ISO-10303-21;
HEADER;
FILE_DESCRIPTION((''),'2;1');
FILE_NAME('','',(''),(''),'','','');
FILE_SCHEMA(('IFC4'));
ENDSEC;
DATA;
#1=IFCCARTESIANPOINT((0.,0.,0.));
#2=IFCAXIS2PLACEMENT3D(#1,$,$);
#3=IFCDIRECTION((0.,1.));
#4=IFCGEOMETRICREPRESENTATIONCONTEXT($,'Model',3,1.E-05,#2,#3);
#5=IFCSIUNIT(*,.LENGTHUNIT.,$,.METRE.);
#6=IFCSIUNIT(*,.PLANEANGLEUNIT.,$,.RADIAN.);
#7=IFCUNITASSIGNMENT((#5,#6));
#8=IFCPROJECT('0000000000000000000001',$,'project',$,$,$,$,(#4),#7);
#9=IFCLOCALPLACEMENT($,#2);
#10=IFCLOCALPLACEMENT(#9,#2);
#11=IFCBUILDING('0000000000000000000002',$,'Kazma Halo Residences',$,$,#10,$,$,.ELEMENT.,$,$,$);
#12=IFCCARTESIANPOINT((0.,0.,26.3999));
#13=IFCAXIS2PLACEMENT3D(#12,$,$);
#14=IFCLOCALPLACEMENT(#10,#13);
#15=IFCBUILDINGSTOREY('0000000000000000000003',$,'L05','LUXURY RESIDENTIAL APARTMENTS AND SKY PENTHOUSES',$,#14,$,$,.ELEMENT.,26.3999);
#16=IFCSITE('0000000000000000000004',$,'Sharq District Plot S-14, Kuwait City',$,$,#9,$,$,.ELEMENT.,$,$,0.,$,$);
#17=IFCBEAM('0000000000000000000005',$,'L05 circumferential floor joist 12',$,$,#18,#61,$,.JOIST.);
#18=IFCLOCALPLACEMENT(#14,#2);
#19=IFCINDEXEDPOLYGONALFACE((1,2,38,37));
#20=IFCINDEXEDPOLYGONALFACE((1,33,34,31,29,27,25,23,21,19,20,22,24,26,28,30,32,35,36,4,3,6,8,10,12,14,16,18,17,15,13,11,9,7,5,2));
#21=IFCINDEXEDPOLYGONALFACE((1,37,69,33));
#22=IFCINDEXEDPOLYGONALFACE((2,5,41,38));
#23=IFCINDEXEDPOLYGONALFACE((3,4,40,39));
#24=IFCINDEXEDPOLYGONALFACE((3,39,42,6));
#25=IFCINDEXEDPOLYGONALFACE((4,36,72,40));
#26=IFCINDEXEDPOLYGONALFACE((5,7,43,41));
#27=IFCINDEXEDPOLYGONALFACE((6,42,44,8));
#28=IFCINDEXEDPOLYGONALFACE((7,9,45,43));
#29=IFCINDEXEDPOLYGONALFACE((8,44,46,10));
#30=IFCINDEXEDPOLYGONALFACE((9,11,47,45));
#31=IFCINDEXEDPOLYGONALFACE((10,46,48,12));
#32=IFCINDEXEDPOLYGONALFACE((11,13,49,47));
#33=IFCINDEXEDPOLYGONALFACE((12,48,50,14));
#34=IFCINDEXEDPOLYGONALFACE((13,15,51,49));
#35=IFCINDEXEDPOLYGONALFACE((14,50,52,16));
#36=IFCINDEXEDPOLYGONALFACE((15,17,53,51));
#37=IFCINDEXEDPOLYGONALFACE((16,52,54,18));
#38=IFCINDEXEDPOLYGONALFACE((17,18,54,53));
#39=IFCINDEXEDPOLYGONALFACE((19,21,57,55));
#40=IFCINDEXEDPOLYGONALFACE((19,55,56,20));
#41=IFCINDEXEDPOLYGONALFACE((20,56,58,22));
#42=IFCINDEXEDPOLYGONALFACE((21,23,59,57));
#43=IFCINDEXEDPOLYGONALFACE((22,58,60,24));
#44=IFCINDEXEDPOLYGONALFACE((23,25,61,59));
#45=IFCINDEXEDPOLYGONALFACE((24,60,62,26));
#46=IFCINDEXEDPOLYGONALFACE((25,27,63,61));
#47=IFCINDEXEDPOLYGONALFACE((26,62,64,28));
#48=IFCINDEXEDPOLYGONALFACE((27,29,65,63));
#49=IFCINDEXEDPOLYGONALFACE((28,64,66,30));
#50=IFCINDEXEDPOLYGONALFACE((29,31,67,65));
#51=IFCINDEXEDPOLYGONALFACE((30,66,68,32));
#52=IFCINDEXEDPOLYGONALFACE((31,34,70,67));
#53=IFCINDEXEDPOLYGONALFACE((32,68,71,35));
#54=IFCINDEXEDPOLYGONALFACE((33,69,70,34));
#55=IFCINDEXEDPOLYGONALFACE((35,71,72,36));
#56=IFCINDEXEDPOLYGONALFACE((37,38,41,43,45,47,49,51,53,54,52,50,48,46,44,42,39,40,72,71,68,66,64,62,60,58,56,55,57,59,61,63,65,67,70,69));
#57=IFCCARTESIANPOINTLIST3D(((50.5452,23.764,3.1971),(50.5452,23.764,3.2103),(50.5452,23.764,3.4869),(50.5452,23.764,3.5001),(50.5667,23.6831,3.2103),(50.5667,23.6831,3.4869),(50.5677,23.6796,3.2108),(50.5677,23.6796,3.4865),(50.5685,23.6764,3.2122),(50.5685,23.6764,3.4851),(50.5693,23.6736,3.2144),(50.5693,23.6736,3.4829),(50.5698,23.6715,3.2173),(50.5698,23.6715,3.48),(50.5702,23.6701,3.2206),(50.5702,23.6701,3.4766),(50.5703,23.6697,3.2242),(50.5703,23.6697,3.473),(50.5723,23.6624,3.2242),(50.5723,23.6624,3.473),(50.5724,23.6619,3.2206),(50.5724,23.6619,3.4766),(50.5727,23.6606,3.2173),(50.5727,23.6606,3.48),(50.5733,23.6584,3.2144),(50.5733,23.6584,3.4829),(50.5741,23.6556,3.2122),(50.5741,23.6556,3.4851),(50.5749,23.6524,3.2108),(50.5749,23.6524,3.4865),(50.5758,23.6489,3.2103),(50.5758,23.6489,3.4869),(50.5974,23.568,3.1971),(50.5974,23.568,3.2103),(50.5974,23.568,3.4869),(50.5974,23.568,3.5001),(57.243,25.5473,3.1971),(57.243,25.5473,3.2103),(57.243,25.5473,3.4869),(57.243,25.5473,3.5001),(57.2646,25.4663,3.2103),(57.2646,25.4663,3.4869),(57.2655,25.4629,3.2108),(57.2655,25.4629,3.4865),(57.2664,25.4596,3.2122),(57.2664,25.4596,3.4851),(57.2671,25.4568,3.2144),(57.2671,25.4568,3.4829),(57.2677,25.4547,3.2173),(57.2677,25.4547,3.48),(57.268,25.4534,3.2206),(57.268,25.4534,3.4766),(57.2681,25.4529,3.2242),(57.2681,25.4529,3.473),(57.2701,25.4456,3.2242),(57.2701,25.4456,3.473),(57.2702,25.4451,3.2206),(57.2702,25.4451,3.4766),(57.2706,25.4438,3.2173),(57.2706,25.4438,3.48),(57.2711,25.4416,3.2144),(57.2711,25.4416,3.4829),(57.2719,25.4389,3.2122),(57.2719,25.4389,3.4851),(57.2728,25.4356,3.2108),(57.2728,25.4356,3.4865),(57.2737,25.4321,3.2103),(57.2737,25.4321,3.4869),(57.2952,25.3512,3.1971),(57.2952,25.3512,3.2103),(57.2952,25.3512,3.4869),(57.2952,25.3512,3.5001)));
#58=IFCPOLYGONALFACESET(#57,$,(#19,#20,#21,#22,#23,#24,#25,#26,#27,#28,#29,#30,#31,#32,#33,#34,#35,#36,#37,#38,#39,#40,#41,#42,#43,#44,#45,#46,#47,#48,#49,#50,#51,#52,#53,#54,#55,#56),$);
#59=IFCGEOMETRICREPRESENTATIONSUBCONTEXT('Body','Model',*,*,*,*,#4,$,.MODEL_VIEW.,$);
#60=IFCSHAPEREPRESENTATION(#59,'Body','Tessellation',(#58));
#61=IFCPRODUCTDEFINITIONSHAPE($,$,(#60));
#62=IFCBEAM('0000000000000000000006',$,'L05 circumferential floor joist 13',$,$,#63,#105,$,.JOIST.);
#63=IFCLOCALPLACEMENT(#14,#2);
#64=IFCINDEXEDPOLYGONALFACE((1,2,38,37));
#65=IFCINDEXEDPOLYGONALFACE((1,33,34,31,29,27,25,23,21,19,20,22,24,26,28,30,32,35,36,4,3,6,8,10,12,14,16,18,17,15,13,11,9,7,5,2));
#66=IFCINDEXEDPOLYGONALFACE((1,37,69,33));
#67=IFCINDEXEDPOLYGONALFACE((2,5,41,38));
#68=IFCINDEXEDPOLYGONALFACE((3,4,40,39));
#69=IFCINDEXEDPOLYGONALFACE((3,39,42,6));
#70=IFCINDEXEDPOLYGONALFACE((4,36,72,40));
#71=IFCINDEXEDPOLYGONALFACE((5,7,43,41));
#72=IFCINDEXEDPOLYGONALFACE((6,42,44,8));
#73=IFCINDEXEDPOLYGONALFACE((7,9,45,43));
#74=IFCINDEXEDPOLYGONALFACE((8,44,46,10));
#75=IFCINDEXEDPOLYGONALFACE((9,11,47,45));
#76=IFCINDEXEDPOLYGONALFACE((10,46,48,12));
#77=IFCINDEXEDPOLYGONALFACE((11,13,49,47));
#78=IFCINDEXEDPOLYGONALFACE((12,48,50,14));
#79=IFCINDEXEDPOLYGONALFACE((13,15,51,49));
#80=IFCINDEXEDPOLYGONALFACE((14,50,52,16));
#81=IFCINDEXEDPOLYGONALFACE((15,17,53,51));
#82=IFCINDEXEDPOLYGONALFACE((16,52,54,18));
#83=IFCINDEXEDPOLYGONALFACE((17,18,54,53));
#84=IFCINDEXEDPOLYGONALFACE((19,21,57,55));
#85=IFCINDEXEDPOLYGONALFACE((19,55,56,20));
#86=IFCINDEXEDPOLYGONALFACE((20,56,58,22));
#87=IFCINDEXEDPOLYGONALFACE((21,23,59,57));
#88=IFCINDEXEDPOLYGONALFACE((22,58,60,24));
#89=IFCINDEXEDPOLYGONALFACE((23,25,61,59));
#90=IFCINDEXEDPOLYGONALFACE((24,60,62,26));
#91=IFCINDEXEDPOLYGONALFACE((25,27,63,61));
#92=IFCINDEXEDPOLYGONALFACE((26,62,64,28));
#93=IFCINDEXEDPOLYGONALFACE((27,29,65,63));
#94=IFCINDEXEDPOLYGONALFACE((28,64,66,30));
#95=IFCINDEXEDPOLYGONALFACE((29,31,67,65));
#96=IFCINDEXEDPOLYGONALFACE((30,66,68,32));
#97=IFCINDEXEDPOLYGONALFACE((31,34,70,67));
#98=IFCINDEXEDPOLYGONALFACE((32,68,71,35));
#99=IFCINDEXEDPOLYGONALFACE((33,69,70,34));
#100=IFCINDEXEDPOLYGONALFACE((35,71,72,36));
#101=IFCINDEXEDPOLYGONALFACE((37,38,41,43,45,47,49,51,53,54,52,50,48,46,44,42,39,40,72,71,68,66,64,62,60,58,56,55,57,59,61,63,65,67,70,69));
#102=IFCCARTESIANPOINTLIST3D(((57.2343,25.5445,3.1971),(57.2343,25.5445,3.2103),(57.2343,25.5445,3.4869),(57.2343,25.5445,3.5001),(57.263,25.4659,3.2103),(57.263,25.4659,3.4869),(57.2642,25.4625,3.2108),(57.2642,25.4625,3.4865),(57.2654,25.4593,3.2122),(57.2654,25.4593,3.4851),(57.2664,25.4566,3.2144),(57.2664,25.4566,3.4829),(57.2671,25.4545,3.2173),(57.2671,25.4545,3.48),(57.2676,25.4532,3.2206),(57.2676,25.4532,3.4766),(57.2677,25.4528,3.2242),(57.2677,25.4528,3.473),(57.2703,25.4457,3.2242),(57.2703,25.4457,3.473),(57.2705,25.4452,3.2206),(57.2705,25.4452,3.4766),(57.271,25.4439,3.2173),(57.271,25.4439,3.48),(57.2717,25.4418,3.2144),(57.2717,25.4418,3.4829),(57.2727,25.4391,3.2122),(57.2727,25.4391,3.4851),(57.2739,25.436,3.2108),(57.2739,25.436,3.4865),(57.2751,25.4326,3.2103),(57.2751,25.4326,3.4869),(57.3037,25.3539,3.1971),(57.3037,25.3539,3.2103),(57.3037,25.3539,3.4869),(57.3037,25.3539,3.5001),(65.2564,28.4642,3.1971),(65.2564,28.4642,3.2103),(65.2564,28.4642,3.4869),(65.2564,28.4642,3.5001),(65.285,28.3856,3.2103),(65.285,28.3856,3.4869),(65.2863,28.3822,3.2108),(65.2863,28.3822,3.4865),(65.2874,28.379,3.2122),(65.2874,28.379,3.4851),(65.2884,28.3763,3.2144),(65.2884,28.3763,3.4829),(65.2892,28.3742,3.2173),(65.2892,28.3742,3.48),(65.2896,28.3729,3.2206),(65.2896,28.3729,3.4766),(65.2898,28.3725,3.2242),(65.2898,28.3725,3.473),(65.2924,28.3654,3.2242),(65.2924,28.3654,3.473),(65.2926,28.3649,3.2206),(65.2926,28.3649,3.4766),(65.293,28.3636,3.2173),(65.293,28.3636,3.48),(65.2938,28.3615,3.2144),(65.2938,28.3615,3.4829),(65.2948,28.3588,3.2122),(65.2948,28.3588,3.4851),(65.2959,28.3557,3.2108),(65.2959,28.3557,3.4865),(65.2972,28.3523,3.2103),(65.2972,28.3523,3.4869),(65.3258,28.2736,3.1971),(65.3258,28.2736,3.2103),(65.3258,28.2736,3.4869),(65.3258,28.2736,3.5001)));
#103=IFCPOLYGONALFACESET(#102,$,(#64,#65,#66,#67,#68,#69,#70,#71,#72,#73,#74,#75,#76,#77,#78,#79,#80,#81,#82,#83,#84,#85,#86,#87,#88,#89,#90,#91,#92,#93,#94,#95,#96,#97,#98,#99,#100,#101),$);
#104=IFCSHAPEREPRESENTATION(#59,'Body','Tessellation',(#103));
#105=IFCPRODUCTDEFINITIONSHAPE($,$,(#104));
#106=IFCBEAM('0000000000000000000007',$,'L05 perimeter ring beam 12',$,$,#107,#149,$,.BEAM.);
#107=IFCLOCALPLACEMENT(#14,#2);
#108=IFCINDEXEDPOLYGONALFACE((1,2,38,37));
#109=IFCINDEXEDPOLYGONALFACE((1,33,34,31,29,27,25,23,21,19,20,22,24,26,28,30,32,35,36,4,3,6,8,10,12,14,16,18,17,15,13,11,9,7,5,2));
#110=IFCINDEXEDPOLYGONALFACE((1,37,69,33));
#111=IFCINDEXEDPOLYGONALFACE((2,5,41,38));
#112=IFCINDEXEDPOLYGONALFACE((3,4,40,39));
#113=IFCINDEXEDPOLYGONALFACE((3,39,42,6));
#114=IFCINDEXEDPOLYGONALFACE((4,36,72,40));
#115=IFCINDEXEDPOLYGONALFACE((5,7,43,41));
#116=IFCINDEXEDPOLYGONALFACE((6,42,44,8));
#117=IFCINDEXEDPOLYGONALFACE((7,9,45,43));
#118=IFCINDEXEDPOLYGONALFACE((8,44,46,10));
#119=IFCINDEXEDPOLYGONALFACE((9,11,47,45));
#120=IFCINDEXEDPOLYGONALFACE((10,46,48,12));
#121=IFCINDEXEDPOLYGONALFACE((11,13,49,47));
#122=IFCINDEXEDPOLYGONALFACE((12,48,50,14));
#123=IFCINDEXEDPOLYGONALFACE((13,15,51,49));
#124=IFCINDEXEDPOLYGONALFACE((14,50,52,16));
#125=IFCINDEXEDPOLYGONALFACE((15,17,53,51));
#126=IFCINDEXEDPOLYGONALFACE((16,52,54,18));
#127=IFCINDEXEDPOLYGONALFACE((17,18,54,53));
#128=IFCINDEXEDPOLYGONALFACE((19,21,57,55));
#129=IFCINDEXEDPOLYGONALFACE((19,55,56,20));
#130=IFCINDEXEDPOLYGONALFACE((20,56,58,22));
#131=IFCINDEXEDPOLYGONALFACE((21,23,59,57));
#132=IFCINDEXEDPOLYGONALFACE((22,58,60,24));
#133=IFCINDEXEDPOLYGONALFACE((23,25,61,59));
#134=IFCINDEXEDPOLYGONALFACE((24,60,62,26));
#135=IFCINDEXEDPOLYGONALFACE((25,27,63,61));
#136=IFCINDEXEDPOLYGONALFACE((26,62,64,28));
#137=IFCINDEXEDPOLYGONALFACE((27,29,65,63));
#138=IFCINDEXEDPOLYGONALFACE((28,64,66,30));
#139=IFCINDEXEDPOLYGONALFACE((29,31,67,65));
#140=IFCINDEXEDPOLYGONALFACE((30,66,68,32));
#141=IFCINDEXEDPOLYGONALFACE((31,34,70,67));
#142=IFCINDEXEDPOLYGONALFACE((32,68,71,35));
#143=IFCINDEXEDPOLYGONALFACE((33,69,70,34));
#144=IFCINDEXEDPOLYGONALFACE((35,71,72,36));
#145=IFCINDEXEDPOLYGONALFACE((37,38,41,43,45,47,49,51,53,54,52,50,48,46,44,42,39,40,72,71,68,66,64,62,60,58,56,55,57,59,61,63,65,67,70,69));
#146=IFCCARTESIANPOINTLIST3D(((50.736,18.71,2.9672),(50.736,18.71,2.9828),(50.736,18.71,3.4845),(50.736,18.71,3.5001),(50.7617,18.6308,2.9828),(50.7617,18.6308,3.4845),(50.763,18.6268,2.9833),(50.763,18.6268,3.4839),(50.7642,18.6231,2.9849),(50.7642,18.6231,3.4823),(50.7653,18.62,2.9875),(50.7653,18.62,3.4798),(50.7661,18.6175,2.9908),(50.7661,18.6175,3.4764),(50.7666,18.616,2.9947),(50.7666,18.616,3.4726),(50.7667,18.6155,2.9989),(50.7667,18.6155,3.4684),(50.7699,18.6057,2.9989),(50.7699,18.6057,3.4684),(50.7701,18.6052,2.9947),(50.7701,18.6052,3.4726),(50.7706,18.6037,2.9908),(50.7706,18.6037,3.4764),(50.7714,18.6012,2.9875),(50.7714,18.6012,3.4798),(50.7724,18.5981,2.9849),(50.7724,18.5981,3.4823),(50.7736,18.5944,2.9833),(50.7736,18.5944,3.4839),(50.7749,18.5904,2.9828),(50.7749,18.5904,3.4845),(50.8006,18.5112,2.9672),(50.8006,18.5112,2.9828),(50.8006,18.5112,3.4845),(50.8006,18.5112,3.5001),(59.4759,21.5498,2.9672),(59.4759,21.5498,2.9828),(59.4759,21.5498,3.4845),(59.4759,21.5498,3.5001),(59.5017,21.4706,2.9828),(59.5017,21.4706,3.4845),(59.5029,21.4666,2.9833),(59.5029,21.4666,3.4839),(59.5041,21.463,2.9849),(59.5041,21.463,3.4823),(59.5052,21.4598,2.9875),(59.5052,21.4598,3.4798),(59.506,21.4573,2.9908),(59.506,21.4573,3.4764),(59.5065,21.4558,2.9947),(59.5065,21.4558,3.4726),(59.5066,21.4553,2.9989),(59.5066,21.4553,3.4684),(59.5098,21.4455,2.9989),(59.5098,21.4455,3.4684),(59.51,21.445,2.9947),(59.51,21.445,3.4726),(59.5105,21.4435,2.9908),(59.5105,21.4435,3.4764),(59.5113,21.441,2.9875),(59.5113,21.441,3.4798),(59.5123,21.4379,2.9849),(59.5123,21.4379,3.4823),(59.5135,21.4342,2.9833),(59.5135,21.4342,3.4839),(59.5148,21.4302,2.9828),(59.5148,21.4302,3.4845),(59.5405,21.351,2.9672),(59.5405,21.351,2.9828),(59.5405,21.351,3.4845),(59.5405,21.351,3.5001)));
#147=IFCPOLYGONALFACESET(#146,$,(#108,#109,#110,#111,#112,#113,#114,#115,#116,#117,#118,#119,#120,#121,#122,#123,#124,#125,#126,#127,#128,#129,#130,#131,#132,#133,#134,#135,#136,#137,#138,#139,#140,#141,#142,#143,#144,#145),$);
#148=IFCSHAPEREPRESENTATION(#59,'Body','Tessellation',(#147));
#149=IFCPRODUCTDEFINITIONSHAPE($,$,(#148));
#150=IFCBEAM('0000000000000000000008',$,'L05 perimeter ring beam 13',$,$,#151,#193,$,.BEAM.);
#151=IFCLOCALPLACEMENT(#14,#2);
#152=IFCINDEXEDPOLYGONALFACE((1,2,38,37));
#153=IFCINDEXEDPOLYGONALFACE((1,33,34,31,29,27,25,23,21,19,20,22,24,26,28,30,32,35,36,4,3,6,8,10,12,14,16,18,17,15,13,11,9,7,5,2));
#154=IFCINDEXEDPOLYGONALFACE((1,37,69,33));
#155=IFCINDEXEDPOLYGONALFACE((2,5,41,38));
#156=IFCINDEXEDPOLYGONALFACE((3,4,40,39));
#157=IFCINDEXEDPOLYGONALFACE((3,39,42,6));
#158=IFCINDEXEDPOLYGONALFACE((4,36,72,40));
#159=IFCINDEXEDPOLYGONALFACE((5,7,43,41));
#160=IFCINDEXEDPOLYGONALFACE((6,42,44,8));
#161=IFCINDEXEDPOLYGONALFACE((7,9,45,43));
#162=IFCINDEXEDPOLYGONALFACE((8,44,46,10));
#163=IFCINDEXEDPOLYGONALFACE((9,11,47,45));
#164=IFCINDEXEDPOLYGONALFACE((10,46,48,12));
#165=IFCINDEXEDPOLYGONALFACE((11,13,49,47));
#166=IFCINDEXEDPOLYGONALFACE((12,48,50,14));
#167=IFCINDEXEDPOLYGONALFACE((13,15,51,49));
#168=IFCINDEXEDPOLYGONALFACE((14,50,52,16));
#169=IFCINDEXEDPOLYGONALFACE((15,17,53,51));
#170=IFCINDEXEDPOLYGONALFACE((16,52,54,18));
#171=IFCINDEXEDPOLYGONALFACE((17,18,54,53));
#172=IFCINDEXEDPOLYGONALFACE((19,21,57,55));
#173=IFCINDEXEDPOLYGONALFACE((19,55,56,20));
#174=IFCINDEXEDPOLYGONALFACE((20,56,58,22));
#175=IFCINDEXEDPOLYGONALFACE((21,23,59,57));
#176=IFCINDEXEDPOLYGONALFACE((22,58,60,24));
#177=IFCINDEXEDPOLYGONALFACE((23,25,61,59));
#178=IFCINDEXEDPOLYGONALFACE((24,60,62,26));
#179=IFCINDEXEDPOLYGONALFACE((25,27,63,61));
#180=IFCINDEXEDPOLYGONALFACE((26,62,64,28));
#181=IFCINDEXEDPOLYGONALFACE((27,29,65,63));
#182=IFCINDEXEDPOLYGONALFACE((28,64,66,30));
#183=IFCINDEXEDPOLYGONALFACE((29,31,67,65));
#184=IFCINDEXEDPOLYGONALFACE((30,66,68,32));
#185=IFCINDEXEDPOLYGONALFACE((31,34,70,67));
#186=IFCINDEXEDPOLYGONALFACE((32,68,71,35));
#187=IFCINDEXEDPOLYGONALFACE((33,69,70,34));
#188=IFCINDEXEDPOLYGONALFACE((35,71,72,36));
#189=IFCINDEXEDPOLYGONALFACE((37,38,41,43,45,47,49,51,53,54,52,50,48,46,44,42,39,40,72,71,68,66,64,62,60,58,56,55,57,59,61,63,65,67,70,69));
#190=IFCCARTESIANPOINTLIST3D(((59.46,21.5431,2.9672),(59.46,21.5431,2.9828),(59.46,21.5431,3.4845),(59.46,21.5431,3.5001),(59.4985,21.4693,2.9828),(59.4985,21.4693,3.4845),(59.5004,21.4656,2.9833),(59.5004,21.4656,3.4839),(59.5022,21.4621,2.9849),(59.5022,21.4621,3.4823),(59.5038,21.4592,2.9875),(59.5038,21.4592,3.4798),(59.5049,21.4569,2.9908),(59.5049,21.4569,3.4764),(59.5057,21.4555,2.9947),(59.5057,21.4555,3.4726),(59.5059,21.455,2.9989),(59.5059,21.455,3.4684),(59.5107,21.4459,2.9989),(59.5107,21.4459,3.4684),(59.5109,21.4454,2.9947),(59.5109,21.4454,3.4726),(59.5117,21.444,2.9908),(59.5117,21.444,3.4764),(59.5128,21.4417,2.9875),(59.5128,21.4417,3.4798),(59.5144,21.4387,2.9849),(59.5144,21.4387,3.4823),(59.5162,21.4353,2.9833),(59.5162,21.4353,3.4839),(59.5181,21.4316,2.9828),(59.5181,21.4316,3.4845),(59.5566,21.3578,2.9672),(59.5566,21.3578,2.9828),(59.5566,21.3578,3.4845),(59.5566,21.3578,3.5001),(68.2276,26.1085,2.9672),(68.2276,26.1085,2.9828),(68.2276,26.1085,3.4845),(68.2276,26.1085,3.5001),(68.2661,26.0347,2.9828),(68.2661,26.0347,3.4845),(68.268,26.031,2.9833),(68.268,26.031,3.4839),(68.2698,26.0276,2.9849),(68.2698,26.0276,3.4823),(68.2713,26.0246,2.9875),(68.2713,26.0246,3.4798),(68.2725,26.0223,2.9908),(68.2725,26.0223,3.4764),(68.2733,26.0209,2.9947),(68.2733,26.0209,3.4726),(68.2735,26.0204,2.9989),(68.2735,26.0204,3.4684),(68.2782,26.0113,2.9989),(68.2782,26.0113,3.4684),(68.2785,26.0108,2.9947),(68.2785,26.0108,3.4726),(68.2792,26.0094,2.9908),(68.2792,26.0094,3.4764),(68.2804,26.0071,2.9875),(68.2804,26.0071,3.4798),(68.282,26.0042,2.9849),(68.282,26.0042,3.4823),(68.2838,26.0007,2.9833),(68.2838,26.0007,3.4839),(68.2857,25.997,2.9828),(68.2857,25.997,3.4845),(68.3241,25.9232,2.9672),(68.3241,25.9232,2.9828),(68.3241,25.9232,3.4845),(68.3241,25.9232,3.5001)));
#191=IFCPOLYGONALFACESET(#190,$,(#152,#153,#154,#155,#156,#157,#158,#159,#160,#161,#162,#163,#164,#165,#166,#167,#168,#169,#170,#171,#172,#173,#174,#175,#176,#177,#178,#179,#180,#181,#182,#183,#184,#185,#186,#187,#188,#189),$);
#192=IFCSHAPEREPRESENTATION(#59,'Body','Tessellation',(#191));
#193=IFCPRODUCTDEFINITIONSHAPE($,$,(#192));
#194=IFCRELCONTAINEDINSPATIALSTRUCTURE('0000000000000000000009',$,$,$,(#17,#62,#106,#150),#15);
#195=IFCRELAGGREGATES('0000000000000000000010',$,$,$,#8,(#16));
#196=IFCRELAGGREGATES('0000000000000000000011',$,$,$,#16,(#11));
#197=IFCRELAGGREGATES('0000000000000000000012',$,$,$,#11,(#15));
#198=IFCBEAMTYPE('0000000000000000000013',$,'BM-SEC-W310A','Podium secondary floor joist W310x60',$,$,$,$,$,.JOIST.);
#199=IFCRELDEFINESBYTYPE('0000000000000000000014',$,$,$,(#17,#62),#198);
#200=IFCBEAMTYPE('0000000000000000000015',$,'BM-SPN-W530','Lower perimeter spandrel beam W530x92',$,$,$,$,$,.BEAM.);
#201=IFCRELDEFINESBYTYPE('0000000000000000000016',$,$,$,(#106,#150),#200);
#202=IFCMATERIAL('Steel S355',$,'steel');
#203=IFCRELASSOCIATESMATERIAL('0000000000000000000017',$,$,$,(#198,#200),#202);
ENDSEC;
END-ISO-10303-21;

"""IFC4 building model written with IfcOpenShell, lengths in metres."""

from ifc_helpers import new_model, si_unit, direction, frame, origin, origin_2d, place, context, subcontext, project, spatial, i_section, extrude, material, material_profile, profile_set, type_object, element, save


model = new_model("IFC4")

# Units and contexts
model_context = context("Model", 3, precision=1e-05, world=origin(), true_north=direction((0.0, 1.0)))
body_context = subcontext(model_context, "Body", "Model", "MODEL_VIEW")
ifc_project = project(units=[si_unit("LENGTHUNIT", "METRE"), si_unit("PLANEANGLEUNIT", "RADIAN")], contexts=[model_context])

# Site, building, storey
site_placement = place(None, origin())
site = spatial("IfcSite", under=ifc_project, at=site_placement, Name="Sharq District Plot S-14, Kuwait City", CompositionType="ELEMENT", RefElevation=0.0)
building_placement = place(site_placement, origin())
building = spatial("IfcBuilding", under=site, at=building_placement, Name="Kazma Halo Residences", CompositionType="ELEMENT")
storey_placement = place(building_placement, frame((0.0, 0.0, 26.3999)))
storey = spatial("IfcBuildingStorey", under=building, at=storey_placement, Name="L05", Description="LUXURY RESIDENTIAL APARTMENTS AND SKY PENTHOUSES", CompositionType="ELEMENT", Elevation=26.3999)

# Beams
ifc_material_1 = material(Name="Steel S355", Category="steel")
ifc_material_profile_1 = material_profile(ifc_material_1, i_section(OverallWidth=0.2029, OverallDepth=0.303, WebThickness=0.0076, FlangeThickness=0.0132, FilletRadius=0.0139, at=origin_2d()), Name="W310x60")
ifc_profile_set_1 = profile_set([ifc_material_profile_1], Name="Steel S355")
beam_type_1 = type_object("IfcBeamType", Name="BM-SEC-W310A", Description="Podium secondary floor joist W310x60", PredefinedType="JOIST", material=ifc_profile_set_1)
beam_1_placement = place(storey_placement, frame((50.5713, 23.666, 3.3486), z_axis=(0.966338, 0.257277, 0.0), x_axis=(-0.257277, 0.966338, 0.0)))
element("IfcBeam", 1, at=beam_1_placement, inside=storey, type_object=beam_type_1, Name="L05 circumferential floor joist 12", PredefinedType="JOIST", context=body_context, shape_type="SweptSolid", body=[
    extrude(i_section(OverallWidth=0.2029, OverallDepth=0.303, WebThickness=0.0076, FlangeThickness=0.0132, FilletRadius=0.0139, at=origin_2d()), origin(), (0.0, 0.0, 1.0), 6.9312),
])
beam_2_placement = place(storey_placement, frame((57.269, 25.4492, 3.3486), z_axis=(0.939696, 0.342012, 0.0), x_axis=(-0.342012, 0.939696, 0.0)))
element("IfcBeam", 2, at=beam_2_placement, inside=storey, type_object=beam_type_1, Name="L05 circumferential floor joist 13", PredefinedType="JOIST", context=body_context, shape_type="SweptSolid", body=[
    extrude(i_section(OverallWidth=0.2029, OverallDepth=0.303, WebThickness=0.0076, FlangeThickness=0.0132, FilletRadius=0.0139, at=origin_2d()), origin(), (0.0, 0.0, 1.0), 8.5369),
])
ifc_material_profile_2 = material_profile(ifc_material_1, i_section(OverallWidth=0.209, OverallDepth=0.533, WebThickness=0.0103, FlangeThickness=0.0156, FilletRadius=0.0161, at=origin_2d()), Name="W530x92")
ifc_profile_set_2 = profile_set([ifc_material_profile_2], Name="Steel S355")
beam_type_2 = type_object("IfcBeamType", Name="BM-SPN-W530", Description="Lower perimeter spandrel beam W530x92", PredefinedType="BEAM", material=ifc_profile_set_2)
beam_3_placement = place(storey_placement, frame((50.7683, 18.6106, 3.2336), z_axis=(0.951055, 0.309022, 0.0), x_axis=(-0.309022, 0.951055, 0.0)))
element("IfcBeam", 3, at=beam_3_placement, inside=storey, type_object=beam_type_2, Name="L05 perimeter ring beam 12", PredefinedType="BEAM", context=body_context, shape_type="SweptSolid", body=[
    extrude(i_section(OverallWidth=0.209, OverallDepth=0.533, WebThickness=0.0103, FlangeThickness=0.0156, FilletRadius=0.0161, at=origin_2d()), origin(), (0.0, 0.0, 1.0), 9.1897),
])
beam_4_placement = place(storey_placement, frame((59.5083, 21.4504, 3.2336), z_axis=(0.886956, 0.461853, 0.0), x_axis=(-0.461853, 0.886956, 0.0)))
element("IfcBeam", 4, at=beam_4_placement, inside=storey, type_object=beam_type_2, Name="L05 perimeter ring beam 13", PredefinedType="BEAM", context=body_context, shape_type="SweptSolid", body=[
    extrude(i_section(OverallWidth=0.209, OverallDepth=0.533, WebThickness=0.0103, FlangeThickness=0.0156, FilletRadius=0.0161, at=origin_2d()), origin(), (0.0, 0.0, 1.0), 9.885),
])

save(model, "model.ifc")
